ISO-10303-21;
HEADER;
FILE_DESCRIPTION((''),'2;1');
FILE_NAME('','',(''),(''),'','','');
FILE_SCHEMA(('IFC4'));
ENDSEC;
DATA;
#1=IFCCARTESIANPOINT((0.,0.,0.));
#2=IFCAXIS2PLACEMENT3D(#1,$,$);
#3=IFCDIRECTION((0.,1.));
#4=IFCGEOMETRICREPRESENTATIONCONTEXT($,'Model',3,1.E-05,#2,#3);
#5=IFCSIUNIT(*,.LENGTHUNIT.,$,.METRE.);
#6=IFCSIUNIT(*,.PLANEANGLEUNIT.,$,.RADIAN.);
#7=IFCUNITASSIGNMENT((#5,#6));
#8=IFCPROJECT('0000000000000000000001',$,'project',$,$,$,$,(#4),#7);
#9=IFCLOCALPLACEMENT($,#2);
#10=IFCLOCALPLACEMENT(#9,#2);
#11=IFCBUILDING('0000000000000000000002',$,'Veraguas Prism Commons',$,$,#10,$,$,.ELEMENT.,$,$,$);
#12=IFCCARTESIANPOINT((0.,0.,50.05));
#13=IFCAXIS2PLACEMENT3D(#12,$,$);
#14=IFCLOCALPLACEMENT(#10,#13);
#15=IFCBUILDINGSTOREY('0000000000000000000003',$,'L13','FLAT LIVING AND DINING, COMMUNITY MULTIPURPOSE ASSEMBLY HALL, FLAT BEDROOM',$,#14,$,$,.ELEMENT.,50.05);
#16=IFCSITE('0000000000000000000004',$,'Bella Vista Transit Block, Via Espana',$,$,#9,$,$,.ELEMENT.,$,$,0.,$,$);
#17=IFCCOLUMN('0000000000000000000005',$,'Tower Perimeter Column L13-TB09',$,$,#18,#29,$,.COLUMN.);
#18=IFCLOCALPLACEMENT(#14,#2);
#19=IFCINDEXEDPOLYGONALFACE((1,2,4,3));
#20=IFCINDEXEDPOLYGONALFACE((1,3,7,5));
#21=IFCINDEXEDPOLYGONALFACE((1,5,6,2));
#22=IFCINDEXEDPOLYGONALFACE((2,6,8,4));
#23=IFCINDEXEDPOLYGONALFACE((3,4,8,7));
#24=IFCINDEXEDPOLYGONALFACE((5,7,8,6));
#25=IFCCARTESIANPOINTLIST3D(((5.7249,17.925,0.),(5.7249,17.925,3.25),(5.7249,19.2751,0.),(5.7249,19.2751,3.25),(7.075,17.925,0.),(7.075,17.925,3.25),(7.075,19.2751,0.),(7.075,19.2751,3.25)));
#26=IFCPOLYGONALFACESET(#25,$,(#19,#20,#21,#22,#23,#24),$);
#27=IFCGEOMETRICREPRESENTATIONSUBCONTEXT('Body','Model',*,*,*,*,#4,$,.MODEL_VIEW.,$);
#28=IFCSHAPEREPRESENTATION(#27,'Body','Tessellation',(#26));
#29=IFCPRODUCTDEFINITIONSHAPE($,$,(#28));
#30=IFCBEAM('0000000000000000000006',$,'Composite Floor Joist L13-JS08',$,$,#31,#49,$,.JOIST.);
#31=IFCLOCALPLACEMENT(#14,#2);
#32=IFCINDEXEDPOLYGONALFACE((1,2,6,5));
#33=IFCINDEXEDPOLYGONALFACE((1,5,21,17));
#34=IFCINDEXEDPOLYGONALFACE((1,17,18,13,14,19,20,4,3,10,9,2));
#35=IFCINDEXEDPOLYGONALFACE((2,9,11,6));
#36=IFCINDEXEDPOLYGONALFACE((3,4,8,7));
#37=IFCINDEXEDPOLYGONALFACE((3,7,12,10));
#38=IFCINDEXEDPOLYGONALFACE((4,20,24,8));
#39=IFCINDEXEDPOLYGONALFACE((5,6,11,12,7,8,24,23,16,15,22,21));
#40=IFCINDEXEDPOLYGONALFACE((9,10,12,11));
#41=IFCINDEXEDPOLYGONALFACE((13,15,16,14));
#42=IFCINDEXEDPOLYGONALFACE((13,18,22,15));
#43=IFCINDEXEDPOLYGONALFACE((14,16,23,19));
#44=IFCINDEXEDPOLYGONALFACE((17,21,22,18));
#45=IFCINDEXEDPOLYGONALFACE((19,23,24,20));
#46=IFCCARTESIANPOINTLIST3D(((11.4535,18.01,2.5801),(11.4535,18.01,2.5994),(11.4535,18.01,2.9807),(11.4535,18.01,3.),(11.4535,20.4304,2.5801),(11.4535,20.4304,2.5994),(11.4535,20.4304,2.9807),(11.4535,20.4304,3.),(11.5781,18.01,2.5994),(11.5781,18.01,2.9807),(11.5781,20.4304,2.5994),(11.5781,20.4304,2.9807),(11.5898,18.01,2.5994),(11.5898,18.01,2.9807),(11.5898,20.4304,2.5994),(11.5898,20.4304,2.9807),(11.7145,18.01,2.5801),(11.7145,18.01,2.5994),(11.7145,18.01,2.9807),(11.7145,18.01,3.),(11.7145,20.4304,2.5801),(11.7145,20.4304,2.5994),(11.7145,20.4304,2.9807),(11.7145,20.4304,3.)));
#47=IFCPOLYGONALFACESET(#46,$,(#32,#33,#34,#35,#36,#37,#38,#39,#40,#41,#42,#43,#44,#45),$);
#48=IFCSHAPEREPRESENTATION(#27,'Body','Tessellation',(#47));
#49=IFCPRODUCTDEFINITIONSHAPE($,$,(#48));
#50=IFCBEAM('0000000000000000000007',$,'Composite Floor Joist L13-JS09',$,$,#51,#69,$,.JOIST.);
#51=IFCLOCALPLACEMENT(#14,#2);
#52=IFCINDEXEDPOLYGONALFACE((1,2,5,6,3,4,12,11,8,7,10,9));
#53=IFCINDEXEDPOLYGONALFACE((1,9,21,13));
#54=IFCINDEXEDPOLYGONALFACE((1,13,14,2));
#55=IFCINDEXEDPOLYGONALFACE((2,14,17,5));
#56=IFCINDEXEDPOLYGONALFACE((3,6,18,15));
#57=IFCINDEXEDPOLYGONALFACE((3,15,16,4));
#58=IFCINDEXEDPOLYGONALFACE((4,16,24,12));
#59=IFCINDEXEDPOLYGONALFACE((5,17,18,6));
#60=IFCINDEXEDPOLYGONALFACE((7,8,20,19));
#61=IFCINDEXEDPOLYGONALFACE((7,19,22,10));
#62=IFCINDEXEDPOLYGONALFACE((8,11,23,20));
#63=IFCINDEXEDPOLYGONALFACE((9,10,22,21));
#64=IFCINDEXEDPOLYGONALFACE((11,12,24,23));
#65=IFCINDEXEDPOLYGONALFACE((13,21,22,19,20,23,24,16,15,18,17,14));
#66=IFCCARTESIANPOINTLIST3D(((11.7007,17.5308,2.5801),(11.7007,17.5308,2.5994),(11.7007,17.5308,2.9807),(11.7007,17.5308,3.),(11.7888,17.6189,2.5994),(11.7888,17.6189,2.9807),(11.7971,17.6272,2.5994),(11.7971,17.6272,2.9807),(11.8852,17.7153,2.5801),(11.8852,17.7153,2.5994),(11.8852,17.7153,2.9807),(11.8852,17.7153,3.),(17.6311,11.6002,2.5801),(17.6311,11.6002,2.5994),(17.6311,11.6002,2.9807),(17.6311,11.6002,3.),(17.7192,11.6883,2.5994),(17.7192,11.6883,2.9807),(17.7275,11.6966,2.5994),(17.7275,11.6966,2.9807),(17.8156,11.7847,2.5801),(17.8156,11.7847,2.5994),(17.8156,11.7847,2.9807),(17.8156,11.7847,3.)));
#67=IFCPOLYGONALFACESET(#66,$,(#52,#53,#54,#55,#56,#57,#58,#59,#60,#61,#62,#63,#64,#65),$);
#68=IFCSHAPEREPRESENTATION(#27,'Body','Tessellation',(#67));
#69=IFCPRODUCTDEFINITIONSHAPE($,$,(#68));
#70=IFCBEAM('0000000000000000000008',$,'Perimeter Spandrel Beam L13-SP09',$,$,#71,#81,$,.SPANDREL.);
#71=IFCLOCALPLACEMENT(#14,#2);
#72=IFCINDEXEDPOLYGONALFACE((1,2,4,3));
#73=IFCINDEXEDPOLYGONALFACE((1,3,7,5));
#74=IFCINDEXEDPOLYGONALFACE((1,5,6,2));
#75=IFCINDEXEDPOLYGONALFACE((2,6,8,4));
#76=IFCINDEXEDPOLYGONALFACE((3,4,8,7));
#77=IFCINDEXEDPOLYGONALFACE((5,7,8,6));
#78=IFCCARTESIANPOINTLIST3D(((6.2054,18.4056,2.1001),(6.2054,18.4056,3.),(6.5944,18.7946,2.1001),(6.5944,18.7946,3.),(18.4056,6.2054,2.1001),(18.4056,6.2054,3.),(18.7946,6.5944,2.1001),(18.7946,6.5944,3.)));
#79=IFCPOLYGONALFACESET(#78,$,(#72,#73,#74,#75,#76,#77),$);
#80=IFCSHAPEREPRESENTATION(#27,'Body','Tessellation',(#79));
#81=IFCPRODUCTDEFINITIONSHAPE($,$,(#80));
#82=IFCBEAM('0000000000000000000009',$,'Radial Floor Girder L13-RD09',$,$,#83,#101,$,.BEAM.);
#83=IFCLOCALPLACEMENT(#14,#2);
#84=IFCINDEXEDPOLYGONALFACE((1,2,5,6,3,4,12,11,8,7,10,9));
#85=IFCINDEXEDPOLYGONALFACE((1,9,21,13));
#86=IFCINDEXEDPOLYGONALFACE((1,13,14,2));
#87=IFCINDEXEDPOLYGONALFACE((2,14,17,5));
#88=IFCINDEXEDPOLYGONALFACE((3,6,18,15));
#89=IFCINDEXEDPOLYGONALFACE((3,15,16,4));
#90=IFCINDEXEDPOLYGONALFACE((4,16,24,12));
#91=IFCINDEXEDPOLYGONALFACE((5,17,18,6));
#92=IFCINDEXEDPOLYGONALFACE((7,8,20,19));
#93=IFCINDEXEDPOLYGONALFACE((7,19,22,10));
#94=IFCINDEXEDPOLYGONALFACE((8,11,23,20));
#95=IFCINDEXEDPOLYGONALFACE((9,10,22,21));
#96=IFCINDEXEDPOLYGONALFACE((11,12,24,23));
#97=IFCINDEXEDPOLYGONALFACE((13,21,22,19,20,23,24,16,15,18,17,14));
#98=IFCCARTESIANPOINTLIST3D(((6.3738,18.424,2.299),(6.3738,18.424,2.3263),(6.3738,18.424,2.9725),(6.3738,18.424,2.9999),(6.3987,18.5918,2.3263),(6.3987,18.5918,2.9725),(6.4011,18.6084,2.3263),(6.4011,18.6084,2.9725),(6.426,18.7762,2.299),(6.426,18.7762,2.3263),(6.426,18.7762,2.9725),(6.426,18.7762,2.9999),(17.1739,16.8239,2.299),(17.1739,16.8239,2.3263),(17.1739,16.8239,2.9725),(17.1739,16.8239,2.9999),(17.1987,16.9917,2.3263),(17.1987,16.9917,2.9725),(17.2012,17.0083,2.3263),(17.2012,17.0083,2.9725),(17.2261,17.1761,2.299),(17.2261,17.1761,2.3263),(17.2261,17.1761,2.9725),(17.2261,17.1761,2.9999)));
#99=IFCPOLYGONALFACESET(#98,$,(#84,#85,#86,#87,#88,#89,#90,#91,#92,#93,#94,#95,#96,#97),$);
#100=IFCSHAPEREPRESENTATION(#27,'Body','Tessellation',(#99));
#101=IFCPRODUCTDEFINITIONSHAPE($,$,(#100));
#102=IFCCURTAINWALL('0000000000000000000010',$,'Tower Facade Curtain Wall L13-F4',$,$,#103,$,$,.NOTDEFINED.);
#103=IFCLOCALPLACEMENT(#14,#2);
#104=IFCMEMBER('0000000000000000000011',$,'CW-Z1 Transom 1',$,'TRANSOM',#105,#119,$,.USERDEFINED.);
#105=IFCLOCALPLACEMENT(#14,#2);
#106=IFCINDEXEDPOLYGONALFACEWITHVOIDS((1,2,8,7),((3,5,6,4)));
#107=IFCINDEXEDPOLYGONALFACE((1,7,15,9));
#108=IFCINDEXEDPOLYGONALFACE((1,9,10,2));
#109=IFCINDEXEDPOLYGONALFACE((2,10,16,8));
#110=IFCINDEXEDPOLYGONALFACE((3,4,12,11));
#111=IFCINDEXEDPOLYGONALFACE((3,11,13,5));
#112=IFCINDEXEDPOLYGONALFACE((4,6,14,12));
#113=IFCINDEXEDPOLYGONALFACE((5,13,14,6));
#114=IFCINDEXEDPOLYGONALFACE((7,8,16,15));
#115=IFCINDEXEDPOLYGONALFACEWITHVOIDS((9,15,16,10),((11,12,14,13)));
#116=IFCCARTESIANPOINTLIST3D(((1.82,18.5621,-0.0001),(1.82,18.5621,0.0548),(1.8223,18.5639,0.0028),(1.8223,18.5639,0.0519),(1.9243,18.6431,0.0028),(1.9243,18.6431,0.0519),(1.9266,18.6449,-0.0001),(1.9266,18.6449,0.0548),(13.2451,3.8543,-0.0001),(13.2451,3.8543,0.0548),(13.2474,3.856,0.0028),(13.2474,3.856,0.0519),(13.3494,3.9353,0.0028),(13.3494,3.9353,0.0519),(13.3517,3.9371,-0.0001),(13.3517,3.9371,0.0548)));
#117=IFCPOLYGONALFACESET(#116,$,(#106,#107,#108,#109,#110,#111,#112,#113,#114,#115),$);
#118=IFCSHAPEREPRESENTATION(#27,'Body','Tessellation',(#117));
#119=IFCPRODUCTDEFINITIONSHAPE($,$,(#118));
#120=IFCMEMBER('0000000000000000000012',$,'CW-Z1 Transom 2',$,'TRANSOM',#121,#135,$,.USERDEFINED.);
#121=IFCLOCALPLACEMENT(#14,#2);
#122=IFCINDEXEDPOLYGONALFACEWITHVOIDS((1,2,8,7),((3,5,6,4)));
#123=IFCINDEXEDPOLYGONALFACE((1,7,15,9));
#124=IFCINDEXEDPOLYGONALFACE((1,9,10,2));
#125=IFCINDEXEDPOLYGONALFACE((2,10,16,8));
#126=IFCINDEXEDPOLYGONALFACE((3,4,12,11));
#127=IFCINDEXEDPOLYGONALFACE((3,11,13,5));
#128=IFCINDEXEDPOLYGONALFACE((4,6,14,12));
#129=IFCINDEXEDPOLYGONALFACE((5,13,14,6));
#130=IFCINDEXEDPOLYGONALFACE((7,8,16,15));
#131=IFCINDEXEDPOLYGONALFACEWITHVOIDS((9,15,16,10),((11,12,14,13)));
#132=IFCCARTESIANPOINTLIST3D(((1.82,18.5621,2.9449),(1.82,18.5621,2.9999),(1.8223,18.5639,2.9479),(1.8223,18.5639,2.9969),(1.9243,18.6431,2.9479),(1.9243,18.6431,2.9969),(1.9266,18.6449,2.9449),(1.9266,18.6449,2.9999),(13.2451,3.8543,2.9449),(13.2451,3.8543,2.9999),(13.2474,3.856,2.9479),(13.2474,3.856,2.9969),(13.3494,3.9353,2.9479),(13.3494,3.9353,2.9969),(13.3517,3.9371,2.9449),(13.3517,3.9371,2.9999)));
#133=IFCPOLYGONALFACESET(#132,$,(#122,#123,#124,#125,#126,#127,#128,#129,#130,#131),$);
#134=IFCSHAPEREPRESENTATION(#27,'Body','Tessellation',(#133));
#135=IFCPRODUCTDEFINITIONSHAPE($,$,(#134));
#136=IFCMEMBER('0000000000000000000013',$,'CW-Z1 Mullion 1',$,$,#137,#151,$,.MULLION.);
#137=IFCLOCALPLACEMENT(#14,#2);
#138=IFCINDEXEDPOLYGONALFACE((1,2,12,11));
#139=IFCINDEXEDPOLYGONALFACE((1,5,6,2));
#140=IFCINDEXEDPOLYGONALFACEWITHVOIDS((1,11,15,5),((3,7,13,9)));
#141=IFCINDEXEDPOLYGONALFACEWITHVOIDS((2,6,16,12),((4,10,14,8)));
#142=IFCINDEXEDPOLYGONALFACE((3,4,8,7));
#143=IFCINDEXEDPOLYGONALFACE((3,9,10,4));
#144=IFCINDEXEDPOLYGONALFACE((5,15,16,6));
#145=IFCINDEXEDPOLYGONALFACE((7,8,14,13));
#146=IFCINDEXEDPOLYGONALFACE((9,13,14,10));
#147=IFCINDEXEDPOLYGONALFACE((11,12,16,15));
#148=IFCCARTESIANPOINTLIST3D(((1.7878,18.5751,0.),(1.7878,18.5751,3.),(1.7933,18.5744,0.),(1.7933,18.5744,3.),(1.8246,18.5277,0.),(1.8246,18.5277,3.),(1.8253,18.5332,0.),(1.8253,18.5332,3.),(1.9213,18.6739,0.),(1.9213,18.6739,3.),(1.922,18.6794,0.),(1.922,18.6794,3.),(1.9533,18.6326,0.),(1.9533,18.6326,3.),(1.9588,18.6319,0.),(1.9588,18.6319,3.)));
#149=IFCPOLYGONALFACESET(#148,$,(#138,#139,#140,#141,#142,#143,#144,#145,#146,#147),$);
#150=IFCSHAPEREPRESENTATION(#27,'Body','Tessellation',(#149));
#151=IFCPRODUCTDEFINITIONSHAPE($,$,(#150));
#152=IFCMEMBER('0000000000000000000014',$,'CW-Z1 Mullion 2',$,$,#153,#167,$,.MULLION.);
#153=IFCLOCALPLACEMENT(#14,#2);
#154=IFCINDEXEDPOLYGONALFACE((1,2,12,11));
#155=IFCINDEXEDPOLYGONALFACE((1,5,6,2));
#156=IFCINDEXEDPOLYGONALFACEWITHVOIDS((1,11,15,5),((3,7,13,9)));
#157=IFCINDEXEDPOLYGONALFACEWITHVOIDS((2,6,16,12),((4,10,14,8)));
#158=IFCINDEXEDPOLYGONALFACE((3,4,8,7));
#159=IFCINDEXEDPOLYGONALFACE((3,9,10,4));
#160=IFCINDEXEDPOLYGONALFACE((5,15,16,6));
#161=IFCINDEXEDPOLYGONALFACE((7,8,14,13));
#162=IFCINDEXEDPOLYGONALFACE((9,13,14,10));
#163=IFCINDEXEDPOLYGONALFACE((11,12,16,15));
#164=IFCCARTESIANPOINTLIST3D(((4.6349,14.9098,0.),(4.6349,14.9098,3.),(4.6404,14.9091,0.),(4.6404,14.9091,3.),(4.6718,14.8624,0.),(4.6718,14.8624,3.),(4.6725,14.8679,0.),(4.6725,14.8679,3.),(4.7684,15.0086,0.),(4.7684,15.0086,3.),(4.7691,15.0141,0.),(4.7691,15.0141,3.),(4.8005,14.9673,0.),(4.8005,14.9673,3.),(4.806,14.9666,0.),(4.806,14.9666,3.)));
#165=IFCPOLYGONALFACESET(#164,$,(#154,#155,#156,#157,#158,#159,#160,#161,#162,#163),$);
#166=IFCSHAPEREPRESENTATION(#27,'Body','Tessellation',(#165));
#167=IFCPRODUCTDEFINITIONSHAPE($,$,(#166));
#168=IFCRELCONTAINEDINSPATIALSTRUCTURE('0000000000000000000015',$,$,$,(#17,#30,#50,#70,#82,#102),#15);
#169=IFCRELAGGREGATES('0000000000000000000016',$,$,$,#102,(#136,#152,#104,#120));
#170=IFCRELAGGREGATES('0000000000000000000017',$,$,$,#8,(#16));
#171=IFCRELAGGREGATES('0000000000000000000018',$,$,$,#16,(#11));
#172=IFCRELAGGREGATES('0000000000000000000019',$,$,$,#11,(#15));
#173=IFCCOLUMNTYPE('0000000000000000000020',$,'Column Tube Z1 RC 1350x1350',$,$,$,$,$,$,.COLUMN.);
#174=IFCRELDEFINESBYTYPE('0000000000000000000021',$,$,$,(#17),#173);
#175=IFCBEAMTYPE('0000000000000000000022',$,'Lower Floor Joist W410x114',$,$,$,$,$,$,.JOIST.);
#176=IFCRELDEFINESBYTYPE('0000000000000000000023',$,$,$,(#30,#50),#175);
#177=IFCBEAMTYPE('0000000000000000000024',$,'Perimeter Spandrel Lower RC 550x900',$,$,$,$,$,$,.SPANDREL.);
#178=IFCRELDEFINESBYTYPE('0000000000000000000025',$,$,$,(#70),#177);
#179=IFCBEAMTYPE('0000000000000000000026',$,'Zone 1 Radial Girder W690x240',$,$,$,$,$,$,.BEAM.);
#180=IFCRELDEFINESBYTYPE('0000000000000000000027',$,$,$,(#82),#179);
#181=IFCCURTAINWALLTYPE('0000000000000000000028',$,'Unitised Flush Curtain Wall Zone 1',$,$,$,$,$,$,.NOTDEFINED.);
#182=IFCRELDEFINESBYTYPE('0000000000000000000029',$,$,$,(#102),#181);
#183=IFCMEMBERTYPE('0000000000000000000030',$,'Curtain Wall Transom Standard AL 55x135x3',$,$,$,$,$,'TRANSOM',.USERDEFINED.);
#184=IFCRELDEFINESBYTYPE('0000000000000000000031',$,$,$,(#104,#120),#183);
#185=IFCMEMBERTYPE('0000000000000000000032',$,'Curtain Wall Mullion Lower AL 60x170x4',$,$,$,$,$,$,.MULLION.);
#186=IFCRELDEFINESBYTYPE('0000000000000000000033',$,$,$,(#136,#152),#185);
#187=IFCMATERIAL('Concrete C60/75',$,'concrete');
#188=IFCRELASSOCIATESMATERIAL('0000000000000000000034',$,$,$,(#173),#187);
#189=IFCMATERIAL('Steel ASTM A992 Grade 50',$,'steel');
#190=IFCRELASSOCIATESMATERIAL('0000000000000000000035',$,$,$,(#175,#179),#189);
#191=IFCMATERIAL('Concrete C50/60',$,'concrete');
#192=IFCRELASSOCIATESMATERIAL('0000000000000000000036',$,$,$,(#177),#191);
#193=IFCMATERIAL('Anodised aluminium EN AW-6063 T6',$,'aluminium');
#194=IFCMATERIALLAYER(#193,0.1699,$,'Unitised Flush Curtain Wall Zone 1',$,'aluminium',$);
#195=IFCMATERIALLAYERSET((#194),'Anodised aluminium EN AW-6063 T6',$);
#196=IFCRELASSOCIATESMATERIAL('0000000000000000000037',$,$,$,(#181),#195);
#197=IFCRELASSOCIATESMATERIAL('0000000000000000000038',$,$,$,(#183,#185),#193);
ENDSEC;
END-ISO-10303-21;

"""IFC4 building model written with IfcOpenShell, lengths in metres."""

from ifc_helpers import new_model, si_unit, direction, frame, origin, origin_2d, place, context, subcontext, project, spatial, rectangle, hollow_rectangle, i_section, extrude, source, transform, mapped, material, layer, layer_set, material_profile, profile_set, type_object, element, aggregate, save


model = new_model("IFC4")

# Units and contexts
model_context = context("Model", 3, precision=1e-05, world=origin(), true_north=direction((0.0, 1.0)))
body_context = subcontext(model_context, "Body", "Model", "MODEL_VIEW")
ifc_project = project(units=[si_unit("LENGTHUNIT", "METRE"), si_unit("PLANEANGLEUNIT", "RADIAN")], contexts=[model_context])

# Site, building, storey
site_placement = place(None, origin())
site = spatial("IfcSite", under=ifc_project, at=site_placement, Name="Bella Vista Transit Block, Via Espana", CompositionType="ELEMENT", RefElevation=0.0)
building_placement = place(site_placement, origin())
building = spatial("IfcBuilding", under=site, at=building_placement, Name="Veraguas Prism Commons", CompositionType="ELEMENT")
storey_placement = place(building_placement, frame((0.0, 0.0, 50.05)))
storey = spatial("IfcBuildingStorey", under=building, at=storey_placement, Name="L13", Description="FLAT LIVING AND DINING, COMMUNITY MULTIPURPOSE ASSEMBLY HALL, FLAT BEDROOM", CompositionType="ELEMENT", Elevation=50.05)

# Column
ifc_material_1 = material(Name="Concrete C60/75", Category="concrete")
ifc_material_profile_1 = material_profile(ifc_material_1, rectangle(XDim=1.3501, YDim=1.3501, at=origin_2d()), Name="RC1350X1350")
ifc_profile_set_1 = profile_set([ifc_material_profile_1], Name="Concrete C60/75")
column_type = type_object("IfcColumnType", Name="Column Tube Z1 RC 1350x1350", PredefinedType="COLUMN", material=ifc_profile_set_1)
column_placement = place(storey_placement, frame((6.3999, 18.6001, 0.0), z_axis=(0.0, 0.0, 1.0), x_axis=(1.0, 0.0, 0.0)))
element("IfcColumn", 1, at=column_placement, inside=storey, type_object=column_type, Name="Tower Perimeter Column L13-TB09", PredefinedType="COLUMN", context=body_context, shape_type="SweptSolid", body=[
    extrude(rectangle(XDim=1.3501, YDim=1.3501, at=origin_2d()), origin(), (0.0, 0.0, 1.0), 3.25),
])

# Beams
ifc_material_2 = material(Name="Steel ASTM A992 Grade 50", Category="steel")
ifc_material_profile_2 = material_profile(ifc_material_2, i_section(OverallWidth=0.261, OverallDepth=0.4199, WebThickness=0.0117, FlangeThickness=0.0193, at=origin_2d()), Name="W410X114")
ifc_profile_set_2 = profile_set([ifc_material_profile_2], Name="Steel ASTM A992 Grade 50")
beam_type_1 = type_object("IfcBeamType", Name="Lower Floor Joist W410x114", PredefinedType="JOIST", material=ifc_profile_set_2)
beam_1_placement = place(storey_placement, frame((11.584, 20.4304, 2.79), z_axis=(0.0, -1.0, 0.0), x_axis=(1.0, 0.0, 0.0)))
element("IfcBeam", 2, at=beam_1_placement, inside=storey, type_object=beam_type_1, Name="Composite Floor Joist L13-JS08", PredefinedType="JOIST", context=body_context, shape_type="SweptSolid", body=[
    extrude(i_section(OverallWidth=0.261, OverallDepth=0.4199, WebThickness=0.0117, FlangeThickness=0.0193, at=origin_2d()), origin(), (0.0, 0.0, 1.0), 2.4204),
])
beam_2_placement = place(storey_placement, frame((11.793, 17.623, 2.79), z_axis=(0.707092, -0.707121, 0.0), x_axis=(0.707121, 0.707092, 0.0)))
element("IfcBeam", 3, at=beam_2_placement, inside=storey, type_object=beam_type_1, Name="Composite Floor Joist L13-JS09", PredefinedType="JOIST", context=body_context, shape_type="SweptSolid", body=[
    extrude(i_section(OverallWidth=0.261, OverallDepth=0.4199, WebThickness=0.0117, FlangeThickness=0.0193, at=origin_2d()), origin(), (0.0, 0.0, 1.0), 8.387),
])
ifc_material_3 = material(Name="Concrete C50/60", Category="concrete")
ifc_material_profile_3 = material_profile(ifc_material_3, rectangle(XDim=0.55, YDim=0.8999, at=origin_2d()), Name="RC550X900")
ifc_profile_set_3 = profile_set([ifc_material_profile_3], Name="Concrete C50/60")
beam_type_2 = type_object("IfcBeamType", Name="Perimeter Spandrel Lower RC 550x900", PredefinedType="SPANDREL", material=ifc_profile_set_3)
beam_3_placement = place(storey_placement, frame((6.3999, 18.6001, 2.55), z_axis=(0.707107, -0.707107, 0.0), x_axis=(0.707107, 0.707107, 0.0)))
element("IfcBeam", 4, at=beam_3_placement, inside=storey, type_object=beam_type_2, Name="Perimeter Spandrel Beam L13-SP09", PredefinedType="SPANDREL", context=body_context, shape_type="SweptSolid", body=[
    extrude(rectangle(XDim=0.55, YDim=0.8999, at=origin_2d()), origin(), (0.0, 0.0, 1.0), 17.2537),
])
ifc_material_profile_4 = material_profile(ifc_material_2, i_section(OverallWidth=0.356, OverallDepth=0.7009, WebThickness=0.0168, FlangeThickness=0.0273, at=origin_2d()), Name="W690X240")
ifc_profile_set_4 = profile_set([ifc_material_profile_4], Name="Steel ASTM A992 Grade 50")
beam_type_3 = type_object("IfcBeamType", Name="Zone 1 Radial Girder W690x240", PredefinedType="BEAM", material=ifc_profile_set_4)
beam_4_placement = place(storey_placement, frame((6.3999, 18.6001, 2.6494), z_axis=(0.989202, -0.146557, 0.0), x_axis=(0.146557, 0.989202, 0.0)))
element("IfcBeam", 5, at=beam_4_placement, inside=storey, type_object=beam_type_3, Name="Radial Floor Girder L13-RD09", PredefinedType="BEAM", context=body_context, shape_type="SweptSolid", body=[
    extrude(i_section(OverallWidth=0.356, OverallDepth=0.7009, WebThickness=0.0168, FlangeThickness=0.0273, at=origin_2d()), origin(), (0.0, 0.0, 1.0), 10.918),
])

# Curtain wall, members
ifc_material_4 = material(Name="Anodised aluminium EN AW-6063 T6", Category="aluminium")
ifc_layer_1 = layer(ifc_material_4, 0.1699, Name="Unitised Flush Curtain Wall Zone 1", Category="aluminium")
ifc_layer_set_1 = layer_set([ifc_layer_1], Name="Anodised aluminium EN AW-6063 T6")
curtain_wall_type = type_object("IfcCurtainWallType", Name="Unitised Flush Curtain Wall Zone 1", PredefinedType="NOTDEFINED", material=ifc_layer_set_1)
curtain_wall_1_placement = place(storey_placement, origin())
curtain_wall_1 = element("IfcCurtainWall", 6, at=curtain_wall_1_placement, inside=storey, type_object=curtain_wall_type, Name="Tower Facade Curtain Wall L13-F4", PredefinedType="NOTDEFINED")
ifc_material_profile_5 = material_profile(ifc_material_4, hollow_rectangle(XDim=0.0549, YDim=0.135, WallThickness=0.0029, at=origin_2d()), Name="AL55X135X3")
ifc_profile_set_5 = profile_set([ifc_material_profile_5], Name="Anodised aluminium EN AW-6063 T6")
member_type_1 = type_object("IfcMemberType", Name="Curtain Wall Transom Standard AL 55x135x3", ElementType="TRANSOM", PredefinedType="USERDEFINED", material=ifc_profile_set_5)
shared_shape_1 = source(origin(), body_context, "Body", "SweptSolid", [
    extrude(hollow_rectangle(XDim=0.0549, YDim=0.135, WallThickness=0.0029, at=origin_2d()), origin(), (0.0, 0.0, 1.0), 18.624),
])
member_1_placement = place(storey_placement, frame((1.8733, 18.6035, 0.0273), z_axis=(0.613461, -0.789725, 0.0), x_axis=(0.0, 0.0, 1.0)))
member_1 = element("IfcMember", 7, at=member_1_placement, type_object=member_type_1, Name="CW-Z1 Transom 1", ObjectType="TRANSOM", PredefinedType="USERDEFINED", context=body_context, shape_type="MappedRepresentation", body=[
    mapped(shared_shape_1, transform((0.0, 0.0, 0.0), scale=1.0)),
])
member_2_placement = place(storey_placement, frame((1.8733, 18.6035, 2.9724), z_axis=(0.613461, -0.789725, 0.0), x_axis=(0.0, 0.0, 1.0)))
member_2 = element("IfcMember", 8, at=member_2_placement, type_object=member_type_1, Name="CW-Z1 Transom 2", ObjectType="TRANSOM", PredefinedType="USERDEFINED", context=body_context, shape_type="MappedRepresentation", body=[
    mapped(shared_shape_1, transform((0.0, 0.0, 0.0), scale=1.0)),
])
ifc_material_profile_6 = material_profile(ifc_material_4, hollow_rectangle(XDim=0.0601, YDim=0.1699, WallThickness=0.0039, at=origin_2d()), Name="AL60X170X4")
ifc_profile_set_6 = profile_set([ifc_material_profile_6], Name="Anodised aluminium EN AW-6063 T6")
member_type_2 = type_object("IfcMemberType", Name="Curtain Wall Mullion Lower AL 60x170x4", PredefinedType="MULLION", material=ifc_profile_set_6)
shared_shape_2 = source(origin(), body_context, "Body", "SweptSolid", [
    extrude(hollow_rectangle(XDim=0.0601, YDim=0.1699, WallThickness=0.0039, at=origin_2d()), origin(), (0.0, 0.0, 1.0), 3.0),
])
member_3_placement = place(storey_placement, frame((1.8733, 18.6035, 0.0), z_axis=(0.0, 0.0, 1.0), x_axis=(0.613461, -0.789725, 0.0)))
member_3 = element("IfcMember", 9, at=member_3_placement, type_object=member_type_2, Name="CW-Z1 Mullion 1", PredefinedType="MULLION", context=body_context, shape_type="MappedRepresentation", body=[
    mapped(shared_shape_2, transform((0.0, 0.0, 0.0), scale=1.0)),
])
member_4_placement = place(storey_placement, frame((4.7205, 14.9382, 0.0), z_axis=(0.0, 0.0, 1.0), x_axis=(0.613461, -0.789725, 0.0)))
member_4 = element("IfcMember", 10, at=member_4_placement, type_object=member_type_2, Name="CW-Z1 Mullion 2", PredefinedType="MULLION", context=body_context, shape_type="MappedRepresentation", body=[
    mapped(shared_shape_2, transform((0.0, 0.0, 0.0), scale=1.0)),
])

aggregate(curtain_wall_1, [member_3, member_4, member_1, member_2])

save(model, "model.ifc")
